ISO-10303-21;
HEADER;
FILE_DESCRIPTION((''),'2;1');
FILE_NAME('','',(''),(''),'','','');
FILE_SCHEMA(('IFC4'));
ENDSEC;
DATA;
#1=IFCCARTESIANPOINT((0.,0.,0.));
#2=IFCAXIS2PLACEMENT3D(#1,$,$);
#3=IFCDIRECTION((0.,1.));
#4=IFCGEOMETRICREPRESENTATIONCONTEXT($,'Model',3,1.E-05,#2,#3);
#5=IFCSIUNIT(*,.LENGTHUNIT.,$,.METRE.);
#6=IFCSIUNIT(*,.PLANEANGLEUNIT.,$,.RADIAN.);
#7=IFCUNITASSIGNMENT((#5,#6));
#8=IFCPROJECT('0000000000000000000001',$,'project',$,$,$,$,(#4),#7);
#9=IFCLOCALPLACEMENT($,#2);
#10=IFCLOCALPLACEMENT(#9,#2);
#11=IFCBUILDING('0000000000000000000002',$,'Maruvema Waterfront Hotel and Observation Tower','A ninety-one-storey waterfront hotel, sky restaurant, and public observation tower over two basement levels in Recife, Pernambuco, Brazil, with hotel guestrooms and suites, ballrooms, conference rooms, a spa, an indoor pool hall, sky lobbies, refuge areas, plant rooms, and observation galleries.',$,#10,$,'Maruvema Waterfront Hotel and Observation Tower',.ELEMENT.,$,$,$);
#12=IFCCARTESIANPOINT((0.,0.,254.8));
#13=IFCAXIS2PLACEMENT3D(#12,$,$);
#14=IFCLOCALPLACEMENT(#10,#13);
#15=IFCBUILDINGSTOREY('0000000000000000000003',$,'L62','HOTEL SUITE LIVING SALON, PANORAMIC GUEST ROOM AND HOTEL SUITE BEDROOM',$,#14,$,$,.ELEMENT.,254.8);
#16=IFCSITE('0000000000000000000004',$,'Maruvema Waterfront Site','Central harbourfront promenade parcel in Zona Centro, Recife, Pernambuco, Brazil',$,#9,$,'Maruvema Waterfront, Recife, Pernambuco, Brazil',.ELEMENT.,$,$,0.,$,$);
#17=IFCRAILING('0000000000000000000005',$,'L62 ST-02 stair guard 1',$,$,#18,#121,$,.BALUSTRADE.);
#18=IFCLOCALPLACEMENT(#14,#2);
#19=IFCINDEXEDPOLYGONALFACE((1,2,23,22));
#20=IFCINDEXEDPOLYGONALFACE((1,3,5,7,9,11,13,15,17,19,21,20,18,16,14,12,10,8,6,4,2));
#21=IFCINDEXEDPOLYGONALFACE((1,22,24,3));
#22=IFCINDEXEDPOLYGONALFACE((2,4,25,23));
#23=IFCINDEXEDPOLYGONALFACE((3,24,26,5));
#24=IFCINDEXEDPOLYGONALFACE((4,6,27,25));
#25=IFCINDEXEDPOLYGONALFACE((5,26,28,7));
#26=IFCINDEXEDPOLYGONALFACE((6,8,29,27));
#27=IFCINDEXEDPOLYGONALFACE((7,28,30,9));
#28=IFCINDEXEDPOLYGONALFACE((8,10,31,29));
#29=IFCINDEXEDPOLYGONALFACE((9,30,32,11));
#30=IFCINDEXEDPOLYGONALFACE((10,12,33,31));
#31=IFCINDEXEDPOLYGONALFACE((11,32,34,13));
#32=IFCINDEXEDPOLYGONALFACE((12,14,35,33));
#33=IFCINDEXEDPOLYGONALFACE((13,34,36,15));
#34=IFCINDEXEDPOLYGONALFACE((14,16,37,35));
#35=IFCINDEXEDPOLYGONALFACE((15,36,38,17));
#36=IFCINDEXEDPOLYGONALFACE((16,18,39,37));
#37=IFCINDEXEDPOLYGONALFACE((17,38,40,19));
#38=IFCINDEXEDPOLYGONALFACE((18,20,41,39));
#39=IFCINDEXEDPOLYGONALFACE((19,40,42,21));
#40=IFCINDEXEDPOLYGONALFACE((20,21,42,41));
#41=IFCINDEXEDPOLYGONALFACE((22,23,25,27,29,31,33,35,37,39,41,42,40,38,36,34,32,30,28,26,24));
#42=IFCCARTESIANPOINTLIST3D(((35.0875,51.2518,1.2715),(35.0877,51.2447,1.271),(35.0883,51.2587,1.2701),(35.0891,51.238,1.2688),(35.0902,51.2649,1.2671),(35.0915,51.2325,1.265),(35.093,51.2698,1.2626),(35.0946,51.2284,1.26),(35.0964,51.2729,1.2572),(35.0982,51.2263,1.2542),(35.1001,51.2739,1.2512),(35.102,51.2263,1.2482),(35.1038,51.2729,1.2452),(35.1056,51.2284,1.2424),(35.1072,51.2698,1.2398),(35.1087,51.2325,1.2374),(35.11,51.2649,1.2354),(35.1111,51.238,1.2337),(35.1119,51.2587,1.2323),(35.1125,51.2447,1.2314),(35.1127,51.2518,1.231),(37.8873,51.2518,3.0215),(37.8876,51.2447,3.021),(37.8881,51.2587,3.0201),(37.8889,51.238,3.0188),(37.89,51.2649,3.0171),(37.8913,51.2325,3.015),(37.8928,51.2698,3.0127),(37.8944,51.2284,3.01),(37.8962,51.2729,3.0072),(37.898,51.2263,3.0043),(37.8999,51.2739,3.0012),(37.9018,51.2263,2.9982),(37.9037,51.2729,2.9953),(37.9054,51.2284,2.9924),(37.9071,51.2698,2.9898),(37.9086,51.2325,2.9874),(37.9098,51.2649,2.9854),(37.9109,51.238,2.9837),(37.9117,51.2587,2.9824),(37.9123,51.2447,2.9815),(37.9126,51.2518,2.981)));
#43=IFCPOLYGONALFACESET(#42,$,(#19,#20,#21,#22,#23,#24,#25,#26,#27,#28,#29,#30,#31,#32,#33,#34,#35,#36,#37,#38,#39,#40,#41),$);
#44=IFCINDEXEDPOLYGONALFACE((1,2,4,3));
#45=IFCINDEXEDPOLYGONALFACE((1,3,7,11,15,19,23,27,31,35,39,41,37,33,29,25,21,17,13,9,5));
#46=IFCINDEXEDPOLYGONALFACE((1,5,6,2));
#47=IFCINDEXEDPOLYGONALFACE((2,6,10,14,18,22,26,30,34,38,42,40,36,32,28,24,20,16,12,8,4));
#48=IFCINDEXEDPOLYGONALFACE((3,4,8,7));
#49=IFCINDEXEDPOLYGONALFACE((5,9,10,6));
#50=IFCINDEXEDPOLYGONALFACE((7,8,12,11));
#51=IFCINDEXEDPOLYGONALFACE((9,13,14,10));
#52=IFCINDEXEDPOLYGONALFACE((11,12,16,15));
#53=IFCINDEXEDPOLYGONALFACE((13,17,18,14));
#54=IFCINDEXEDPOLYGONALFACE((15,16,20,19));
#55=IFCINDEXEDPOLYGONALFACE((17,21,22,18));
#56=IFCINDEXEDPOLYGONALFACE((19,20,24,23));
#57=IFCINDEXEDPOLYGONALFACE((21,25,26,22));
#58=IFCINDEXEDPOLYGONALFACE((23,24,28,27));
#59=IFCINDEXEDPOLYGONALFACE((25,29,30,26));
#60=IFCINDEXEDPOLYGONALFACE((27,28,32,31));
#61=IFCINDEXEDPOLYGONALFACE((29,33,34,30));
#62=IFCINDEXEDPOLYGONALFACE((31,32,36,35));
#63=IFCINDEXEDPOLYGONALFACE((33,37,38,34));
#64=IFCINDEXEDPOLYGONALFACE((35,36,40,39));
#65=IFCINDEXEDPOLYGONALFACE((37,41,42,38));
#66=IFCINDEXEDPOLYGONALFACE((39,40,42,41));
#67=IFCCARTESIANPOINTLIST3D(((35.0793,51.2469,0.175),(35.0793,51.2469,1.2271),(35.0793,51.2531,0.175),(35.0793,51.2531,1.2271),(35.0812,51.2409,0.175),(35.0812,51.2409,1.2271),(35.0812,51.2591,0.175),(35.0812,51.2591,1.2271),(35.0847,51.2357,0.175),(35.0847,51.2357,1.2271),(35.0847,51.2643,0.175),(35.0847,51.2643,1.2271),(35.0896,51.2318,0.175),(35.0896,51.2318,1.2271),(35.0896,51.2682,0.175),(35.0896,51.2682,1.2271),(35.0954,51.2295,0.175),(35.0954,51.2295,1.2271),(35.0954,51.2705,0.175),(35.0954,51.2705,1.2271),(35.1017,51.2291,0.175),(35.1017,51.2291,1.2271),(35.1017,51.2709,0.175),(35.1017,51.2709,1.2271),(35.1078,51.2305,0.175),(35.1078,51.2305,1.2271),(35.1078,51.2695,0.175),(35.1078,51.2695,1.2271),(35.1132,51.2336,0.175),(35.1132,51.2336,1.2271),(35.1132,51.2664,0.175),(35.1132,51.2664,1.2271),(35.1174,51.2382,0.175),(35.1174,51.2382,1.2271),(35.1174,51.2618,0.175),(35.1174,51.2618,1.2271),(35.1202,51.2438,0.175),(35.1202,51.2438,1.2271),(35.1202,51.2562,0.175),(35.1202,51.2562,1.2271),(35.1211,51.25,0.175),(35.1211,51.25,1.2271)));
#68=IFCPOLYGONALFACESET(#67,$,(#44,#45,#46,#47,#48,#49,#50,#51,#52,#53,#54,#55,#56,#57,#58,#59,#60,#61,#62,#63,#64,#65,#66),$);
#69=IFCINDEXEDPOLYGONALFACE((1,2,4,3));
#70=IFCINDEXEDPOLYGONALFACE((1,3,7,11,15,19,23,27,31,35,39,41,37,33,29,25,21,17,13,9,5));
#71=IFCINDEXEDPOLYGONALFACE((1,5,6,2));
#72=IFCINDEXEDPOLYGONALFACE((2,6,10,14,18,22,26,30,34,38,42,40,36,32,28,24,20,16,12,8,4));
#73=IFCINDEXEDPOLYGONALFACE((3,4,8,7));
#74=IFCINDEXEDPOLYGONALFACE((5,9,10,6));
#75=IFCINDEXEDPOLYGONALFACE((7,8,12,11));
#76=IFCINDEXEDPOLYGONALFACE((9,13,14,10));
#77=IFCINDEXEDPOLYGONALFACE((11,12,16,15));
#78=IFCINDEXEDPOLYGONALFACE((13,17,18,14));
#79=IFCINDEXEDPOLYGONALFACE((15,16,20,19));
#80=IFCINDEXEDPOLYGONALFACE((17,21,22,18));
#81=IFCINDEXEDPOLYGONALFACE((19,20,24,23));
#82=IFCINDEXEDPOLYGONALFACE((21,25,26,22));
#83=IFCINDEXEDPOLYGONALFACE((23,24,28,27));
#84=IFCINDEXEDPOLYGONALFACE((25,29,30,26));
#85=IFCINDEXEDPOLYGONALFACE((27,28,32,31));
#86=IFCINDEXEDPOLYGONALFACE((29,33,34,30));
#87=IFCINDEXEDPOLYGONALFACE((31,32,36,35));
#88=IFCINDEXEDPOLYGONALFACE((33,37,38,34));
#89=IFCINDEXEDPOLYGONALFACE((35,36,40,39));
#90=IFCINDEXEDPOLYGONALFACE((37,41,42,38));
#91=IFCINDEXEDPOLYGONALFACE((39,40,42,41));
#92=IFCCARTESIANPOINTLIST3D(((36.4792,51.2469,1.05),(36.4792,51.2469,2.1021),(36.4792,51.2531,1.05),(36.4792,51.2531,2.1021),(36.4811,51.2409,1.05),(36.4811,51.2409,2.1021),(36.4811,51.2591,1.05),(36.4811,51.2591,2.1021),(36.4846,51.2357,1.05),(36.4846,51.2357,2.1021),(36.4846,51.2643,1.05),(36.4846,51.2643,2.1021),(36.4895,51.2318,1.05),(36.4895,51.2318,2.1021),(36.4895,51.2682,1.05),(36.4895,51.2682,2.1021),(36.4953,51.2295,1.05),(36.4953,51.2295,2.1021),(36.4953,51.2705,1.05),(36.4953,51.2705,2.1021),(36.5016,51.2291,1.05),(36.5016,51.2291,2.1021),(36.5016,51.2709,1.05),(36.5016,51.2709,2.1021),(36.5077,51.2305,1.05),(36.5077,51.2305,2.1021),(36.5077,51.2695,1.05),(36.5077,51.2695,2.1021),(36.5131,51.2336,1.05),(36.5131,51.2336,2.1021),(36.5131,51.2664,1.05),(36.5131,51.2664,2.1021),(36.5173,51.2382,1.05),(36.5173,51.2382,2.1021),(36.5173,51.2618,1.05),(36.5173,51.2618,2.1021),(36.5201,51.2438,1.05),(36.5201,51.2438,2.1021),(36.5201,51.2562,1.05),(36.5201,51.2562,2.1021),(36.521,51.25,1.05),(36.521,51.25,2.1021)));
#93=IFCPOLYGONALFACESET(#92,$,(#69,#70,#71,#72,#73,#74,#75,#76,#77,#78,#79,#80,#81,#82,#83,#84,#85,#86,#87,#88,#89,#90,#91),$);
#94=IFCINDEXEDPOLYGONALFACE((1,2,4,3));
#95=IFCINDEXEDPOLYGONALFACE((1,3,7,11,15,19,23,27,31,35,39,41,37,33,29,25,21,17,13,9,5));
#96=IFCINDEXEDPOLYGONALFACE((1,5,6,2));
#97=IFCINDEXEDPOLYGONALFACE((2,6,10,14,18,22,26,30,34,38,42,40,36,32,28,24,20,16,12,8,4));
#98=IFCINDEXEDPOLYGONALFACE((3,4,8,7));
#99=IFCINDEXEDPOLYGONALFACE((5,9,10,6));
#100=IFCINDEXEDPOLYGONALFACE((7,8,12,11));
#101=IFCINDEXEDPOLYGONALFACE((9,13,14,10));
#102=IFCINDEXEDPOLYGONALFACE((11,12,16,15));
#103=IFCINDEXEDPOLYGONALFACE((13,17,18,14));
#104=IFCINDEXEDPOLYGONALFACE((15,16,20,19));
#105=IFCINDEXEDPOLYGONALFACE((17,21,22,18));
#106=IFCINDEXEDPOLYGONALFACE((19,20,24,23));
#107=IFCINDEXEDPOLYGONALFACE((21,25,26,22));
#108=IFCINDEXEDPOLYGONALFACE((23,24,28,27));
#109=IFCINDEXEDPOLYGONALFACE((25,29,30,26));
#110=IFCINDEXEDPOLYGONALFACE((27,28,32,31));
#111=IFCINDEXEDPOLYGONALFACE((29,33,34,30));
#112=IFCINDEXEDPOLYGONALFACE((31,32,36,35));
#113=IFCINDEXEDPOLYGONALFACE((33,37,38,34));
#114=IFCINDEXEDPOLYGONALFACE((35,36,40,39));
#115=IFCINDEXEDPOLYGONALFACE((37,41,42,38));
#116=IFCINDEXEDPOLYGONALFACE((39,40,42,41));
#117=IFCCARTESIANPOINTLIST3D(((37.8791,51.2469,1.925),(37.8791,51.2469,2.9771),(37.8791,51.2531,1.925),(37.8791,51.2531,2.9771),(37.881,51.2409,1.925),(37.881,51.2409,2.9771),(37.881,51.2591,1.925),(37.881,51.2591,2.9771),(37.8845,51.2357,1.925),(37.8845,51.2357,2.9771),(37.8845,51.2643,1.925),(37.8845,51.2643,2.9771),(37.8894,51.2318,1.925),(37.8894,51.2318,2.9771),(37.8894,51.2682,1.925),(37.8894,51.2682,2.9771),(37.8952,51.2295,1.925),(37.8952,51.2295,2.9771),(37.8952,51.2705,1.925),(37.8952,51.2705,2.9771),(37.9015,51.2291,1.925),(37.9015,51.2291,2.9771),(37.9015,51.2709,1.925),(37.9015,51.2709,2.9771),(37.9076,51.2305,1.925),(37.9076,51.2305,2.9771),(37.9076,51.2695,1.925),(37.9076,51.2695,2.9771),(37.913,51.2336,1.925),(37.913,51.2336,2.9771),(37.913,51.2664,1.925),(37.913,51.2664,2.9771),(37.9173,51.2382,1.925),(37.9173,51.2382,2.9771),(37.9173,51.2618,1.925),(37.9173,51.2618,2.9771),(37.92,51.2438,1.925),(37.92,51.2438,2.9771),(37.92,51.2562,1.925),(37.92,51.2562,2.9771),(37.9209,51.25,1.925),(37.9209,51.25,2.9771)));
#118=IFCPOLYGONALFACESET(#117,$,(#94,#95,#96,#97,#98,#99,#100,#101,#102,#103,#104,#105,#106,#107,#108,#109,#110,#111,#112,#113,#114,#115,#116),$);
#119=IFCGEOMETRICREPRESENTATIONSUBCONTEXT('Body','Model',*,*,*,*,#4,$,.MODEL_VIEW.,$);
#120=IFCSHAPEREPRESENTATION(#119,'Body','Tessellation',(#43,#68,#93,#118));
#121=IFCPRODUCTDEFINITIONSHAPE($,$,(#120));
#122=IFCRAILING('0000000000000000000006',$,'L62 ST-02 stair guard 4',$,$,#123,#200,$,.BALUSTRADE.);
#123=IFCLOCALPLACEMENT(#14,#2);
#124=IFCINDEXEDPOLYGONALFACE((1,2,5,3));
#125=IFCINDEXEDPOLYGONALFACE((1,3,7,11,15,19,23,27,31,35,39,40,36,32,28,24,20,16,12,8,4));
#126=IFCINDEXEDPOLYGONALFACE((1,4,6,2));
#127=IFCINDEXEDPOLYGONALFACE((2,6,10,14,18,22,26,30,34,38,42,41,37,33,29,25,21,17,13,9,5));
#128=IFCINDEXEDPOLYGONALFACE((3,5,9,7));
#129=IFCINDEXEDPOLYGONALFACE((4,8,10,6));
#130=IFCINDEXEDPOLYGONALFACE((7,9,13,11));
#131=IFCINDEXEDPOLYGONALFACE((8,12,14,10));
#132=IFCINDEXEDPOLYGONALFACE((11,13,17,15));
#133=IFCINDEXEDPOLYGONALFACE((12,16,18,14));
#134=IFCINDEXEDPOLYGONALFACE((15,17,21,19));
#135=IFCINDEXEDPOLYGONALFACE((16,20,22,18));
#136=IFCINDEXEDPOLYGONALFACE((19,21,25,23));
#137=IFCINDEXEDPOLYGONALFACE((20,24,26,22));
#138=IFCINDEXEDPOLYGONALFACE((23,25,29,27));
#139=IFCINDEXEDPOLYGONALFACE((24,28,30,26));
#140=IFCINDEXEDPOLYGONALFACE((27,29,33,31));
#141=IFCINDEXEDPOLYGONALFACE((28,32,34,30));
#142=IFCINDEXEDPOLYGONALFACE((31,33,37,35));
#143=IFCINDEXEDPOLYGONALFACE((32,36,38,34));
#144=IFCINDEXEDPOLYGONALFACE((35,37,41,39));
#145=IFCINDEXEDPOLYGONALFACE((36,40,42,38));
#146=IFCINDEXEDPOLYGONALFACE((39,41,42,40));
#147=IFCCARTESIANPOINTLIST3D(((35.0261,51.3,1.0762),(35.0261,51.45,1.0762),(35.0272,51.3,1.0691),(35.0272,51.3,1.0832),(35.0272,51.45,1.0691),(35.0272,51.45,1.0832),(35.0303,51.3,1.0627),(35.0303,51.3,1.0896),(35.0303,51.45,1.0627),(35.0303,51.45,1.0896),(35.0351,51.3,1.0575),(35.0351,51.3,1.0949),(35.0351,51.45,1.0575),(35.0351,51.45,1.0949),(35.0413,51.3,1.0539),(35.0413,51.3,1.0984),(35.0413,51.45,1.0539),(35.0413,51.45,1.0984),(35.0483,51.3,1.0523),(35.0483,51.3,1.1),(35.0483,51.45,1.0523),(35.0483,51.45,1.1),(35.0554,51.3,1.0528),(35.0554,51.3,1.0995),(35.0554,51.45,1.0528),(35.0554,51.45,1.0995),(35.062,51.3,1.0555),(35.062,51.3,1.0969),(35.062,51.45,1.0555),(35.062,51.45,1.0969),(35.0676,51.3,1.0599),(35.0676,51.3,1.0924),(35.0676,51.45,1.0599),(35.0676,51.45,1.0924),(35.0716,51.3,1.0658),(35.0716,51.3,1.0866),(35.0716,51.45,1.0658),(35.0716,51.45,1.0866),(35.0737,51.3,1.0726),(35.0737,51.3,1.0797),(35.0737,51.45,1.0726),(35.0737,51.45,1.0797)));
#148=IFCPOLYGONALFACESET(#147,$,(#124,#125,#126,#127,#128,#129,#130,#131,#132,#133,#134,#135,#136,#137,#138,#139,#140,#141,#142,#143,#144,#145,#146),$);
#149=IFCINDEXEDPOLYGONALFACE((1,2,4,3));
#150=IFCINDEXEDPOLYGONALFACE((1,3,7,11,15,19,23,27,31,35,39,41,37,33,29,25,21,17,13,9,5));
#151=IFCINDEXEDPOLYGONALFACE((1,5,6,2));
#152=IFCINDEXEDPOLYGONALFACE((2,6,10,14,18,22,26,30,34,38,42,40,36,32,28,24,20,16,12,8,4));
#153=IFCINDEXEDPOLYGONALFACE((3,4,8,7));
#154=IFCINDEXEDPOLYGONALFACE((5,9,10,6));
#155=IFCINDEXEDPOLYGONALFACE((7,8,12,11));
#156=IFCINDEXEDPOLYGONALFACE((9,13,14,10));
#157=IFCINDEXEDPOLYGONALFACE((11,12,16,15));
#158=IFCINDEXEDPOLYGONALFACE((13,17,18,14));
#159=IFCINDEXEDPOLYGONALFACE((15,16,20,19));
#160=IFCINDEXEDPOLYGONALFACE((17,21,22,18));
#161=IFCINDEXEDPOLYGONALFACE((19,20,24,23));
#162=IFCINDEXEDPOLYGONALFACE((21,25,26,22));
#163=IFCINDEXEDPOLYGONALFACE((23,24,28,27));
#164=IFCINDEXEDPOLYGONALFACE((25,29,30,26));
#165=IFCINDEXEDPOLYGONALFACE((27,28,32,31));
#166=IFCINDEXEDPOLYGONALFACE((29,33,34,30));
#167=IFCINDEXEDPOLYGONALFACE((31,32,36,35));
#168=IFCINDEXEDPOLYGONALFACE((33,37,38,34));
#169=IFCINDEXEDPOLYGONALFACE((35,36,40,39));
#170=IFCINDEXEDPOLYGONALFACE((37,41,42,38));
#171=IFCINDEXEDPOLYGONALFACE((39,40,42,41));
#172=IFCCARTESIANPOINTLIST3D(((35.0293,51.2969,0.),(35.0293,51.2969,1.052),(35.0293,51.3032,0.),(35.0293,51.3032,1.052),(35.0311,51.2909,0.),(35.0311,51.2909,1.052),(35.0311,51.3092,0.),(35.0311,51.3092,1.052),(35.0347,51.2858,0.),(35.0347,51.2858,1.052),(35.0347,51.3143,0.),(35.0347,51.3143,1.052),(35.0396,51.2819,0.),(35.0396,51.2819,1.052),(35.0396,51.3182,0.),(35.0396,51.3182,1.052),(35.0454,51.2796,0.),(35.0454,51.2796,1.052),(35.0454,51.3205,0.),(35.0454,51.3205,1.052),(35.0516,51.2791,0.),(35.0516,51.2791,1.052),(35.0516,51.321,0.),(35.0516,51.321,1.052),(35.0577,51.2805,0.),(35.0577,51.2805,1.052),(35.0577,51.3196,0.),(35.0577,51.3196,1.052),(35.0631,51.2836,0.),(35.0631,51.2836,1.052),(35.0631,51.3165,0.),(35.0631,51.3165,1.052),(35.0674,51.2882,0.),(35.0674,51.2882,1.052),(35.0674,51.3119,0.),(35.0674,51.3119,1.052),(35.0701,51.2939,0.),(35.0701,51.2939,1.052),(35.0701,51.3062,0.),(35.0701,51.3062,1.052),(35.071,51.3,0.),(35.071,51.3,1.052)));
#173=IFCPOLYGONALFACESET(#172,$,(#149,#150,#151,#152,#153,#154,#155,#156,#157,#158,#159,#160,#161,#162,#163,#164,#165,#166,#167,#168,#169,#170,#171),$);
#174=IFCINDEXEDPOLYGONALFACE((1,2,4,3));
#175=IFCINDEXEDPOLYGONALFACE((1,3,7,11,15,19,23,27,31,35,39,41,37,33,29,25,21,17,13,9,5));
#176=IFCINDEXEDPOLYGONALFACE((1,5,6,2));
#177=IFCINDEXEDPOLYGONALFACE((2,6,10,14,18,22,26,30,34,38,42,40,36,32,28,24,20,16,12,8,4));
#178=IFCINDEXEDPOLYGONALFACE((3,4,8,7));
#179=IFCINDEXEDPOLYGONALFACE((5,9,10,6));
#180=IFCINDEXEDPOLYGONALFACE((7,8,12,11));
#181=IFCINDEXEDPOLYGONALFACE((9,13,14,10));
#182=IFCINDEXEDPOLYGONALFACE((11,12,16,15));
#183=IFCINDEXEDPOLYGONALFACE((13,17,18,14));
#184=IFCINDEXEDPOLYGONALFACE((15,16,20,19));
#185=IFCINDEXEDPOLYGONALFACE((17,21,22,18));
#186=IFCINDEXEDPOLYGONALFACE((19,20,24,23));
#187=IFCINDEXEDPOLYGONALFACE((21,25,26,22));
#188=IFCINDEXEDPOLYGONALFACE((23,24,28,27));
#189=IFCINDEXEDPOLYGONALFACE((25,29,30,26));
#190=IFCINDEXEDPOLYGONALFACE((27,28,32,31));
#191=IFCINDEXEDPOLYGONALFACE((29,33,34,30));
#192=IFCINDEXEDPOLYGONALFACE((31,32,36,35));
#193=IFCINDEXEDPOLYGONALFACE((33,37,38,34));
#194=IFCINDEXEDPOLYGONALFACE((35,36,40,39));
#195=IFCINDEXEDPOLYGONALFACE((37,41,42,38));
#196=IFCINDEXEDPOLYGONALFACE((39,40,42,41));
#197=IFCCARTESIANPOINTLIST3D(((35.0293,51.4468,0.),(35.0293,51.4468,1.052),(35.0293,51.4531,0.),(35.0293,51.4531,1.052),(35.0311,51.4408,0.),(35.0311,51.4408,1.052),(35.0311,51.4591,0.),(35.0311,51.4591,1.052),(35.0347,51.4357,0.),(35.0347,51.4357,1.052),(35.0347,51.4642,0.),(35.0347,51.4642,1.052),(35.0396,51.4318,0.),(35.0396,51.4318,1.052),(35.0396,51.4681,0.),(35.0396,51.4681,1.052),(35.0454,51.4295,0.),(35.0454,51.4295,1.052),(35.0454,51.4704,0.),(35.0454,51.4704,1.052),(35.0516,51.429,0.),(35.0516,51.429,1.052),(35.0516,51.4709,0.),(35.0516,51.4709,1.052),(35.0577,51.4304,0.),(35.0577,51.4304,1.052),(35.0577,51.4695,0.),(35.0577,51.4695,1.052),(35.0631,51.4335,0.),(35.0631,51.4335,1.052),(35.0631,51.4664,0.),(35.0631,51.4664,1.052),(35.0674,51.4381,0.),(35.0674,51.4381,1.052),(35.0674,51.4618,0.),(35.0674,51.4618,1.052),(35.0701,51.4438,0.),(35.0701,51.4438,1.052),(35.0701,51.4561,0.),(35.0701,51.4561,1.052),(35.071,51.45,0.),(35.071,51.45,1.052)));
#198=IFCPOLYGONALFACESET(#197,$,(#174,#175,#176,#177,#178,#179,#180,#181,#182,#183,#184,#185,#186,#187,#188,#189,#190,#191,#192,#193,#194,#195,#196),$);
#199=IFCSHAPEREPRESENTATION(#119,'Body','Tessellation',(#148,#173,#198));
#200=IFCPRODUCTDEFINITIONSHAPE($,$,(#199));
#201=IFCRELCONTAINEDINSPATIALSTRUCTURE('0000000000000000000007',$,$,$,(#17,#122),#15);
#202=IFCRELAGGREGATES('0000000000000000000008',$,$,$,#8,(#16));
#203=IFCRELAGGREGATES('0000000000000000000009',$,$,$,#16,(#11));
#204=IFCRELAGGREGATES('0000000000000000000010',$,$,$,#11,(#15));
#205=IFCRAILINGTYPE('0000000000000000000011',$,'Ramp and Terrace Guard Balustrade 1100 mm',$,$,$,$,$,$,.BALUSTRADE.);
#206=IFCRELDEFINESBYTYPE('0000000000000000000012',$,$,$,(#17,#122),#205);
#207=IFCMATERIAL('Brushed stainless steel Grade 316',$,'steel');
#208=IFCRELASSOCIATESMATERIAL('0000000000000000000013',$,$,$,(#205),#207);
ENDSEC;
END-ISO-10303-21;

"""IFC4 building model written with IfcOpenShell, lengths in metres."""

from ifc_helpers import new_model, si_unit, direction, frame, origin, origin_2d, place, context, subcontext, project, spatial, circle, extrude, material, type_object, element, save


model = new_model("IFC4")

# Units and contexts
model_context = context("Model", 3, precision=1e-05, world=origin(), true_north=direction((0.0, 1.0)))
body_context = subcontext(model_context, "Body", "Model", "MODEL_VIEW")
ifc_project = project(units=[si_unit("LENGTHUNIT", "METRE"), si_unit("PLANEANGLEUNIT", "RADIAN")], contexts=[model_context])

# Site, building, storey
site_placement = place(None, origin())
site = spatial("IfcSite", under=ifc_project, at=site_placement, Name="Maruvema Waterfront Site", Description="Central harbourfront promenade parcel in Zona Centro, Recife, Pernambuco, Brazil", LongName="Maruvema Waterfront, Recife, Pernambuco, Brazil", CompositionType="ELEMENT", RefElevation=0.0)
building_placement = place(site_placement, origin())
building = spatial("IfcBuilding", under=site, at=building_placement, Name="Maruvema Waterfront Hotel and Observation Tower", Description="A ninety-one-storey waterfront hotel, sky restaurant, and public observation tower over two basement levels in Recife, Pernambuco, Brazil, with hotel guestrooms and suites, ballrooms, conference rooms, a spa, an indoor pool hall, sky lobbies, refuge areas, plant rooms, and observation galleries.", LongName="Maruvema Waterfront Hotel and Observation Tower", CompositionType="ELEMENT")
storey_placement = place(building_placement, frame((0.0, 0.0, 254.8)))
storey = spatial("IfcBuildingStorey", under=building, at=storey_placement, Name="L62", Description="HOTEL SUITE LIVING SALON, PANORAMIC GUEST ROOM AND HOTEL SUITE BEDROOM", CompositionType="ELEMENT", Elevation=254.8)

# Railings
ifc_material_1 = material(Name="Brushed stainless steel Grade 316", Category="steel")
railing_type_1 = type_object("IfcRailingType", Name="Ramp and Terrace Guard Balustrade 1100 mm", PredefinedType="BALUSTRADE", material=ifc_material_1)
railing_1_placement = place(storey_placement, frame((35.1001, 51.25, 0.175)))
element("IfcRailing", 1, at=railing_1_placement, inside=storey, type_object=railing_type_1, Name="L62 ST-02 stair guard 1", PredefinedType="BALUSTRADE", context=body_context, shape_type="SweptSolid", body=[
    extrude(circle(Radius=0.0239, at=origin_2d()), frame((0.0, 0.0, 1.0762), z_axis=(0.847982, 0.0, 0.530026), x_axis=(0.0, 1.0, 0.0)), (0.0, 0.0, 1.0), 3.3018),
    extrude(circle(Radius=0.021, at=origin_2d()), origin(), (0.0, 0.0, 1.0), 1.052),
    extrude(circle(Radius=0.021, at=origin_2d()), frame((1.3999, 0.0, 0.875)), (0.0, 0.0, 1.0), 1.052),
    extrude(circle(Radius=0.021, at=origin_2d()), frame((2.7998, 0.0, 1.75)), (0.0, 0.0, 1.0), 1.052),
])
railing_2_placement = place(storey_placement, frame((35.05, 51.3, 0.0)))
element("IfcRailing", 2, at=railing_2_placement, inside=storey, type_object=railing_type_1, Name="L62 ST-02 stair guard 4", PredefinedType="BALUSTRADE", context=body_context, shape_type="SweptSolid", body=[
    extrude(circle(Radius=0.0239, at=origin_2d()), frame((0.0, 0.0, 1.0762), z_axis=(0.0, 1.0, 0.0), x_axis=(-1.0, 0.0, 0.0)), (0.0, 0.0, 1.0), 0.1499),
    extrude(circle(Radius=0.021, at=origin_2d()), origin(), (0.0, 0.0, 1.0), 1.052),
    extrude(circle(Radius=0.021, at=origin_2d()), frame((0.0, 0.1499, 0.0)), (0.0, 0.0, 1.0), 1.052),
])

save(model, "model.ifc")
